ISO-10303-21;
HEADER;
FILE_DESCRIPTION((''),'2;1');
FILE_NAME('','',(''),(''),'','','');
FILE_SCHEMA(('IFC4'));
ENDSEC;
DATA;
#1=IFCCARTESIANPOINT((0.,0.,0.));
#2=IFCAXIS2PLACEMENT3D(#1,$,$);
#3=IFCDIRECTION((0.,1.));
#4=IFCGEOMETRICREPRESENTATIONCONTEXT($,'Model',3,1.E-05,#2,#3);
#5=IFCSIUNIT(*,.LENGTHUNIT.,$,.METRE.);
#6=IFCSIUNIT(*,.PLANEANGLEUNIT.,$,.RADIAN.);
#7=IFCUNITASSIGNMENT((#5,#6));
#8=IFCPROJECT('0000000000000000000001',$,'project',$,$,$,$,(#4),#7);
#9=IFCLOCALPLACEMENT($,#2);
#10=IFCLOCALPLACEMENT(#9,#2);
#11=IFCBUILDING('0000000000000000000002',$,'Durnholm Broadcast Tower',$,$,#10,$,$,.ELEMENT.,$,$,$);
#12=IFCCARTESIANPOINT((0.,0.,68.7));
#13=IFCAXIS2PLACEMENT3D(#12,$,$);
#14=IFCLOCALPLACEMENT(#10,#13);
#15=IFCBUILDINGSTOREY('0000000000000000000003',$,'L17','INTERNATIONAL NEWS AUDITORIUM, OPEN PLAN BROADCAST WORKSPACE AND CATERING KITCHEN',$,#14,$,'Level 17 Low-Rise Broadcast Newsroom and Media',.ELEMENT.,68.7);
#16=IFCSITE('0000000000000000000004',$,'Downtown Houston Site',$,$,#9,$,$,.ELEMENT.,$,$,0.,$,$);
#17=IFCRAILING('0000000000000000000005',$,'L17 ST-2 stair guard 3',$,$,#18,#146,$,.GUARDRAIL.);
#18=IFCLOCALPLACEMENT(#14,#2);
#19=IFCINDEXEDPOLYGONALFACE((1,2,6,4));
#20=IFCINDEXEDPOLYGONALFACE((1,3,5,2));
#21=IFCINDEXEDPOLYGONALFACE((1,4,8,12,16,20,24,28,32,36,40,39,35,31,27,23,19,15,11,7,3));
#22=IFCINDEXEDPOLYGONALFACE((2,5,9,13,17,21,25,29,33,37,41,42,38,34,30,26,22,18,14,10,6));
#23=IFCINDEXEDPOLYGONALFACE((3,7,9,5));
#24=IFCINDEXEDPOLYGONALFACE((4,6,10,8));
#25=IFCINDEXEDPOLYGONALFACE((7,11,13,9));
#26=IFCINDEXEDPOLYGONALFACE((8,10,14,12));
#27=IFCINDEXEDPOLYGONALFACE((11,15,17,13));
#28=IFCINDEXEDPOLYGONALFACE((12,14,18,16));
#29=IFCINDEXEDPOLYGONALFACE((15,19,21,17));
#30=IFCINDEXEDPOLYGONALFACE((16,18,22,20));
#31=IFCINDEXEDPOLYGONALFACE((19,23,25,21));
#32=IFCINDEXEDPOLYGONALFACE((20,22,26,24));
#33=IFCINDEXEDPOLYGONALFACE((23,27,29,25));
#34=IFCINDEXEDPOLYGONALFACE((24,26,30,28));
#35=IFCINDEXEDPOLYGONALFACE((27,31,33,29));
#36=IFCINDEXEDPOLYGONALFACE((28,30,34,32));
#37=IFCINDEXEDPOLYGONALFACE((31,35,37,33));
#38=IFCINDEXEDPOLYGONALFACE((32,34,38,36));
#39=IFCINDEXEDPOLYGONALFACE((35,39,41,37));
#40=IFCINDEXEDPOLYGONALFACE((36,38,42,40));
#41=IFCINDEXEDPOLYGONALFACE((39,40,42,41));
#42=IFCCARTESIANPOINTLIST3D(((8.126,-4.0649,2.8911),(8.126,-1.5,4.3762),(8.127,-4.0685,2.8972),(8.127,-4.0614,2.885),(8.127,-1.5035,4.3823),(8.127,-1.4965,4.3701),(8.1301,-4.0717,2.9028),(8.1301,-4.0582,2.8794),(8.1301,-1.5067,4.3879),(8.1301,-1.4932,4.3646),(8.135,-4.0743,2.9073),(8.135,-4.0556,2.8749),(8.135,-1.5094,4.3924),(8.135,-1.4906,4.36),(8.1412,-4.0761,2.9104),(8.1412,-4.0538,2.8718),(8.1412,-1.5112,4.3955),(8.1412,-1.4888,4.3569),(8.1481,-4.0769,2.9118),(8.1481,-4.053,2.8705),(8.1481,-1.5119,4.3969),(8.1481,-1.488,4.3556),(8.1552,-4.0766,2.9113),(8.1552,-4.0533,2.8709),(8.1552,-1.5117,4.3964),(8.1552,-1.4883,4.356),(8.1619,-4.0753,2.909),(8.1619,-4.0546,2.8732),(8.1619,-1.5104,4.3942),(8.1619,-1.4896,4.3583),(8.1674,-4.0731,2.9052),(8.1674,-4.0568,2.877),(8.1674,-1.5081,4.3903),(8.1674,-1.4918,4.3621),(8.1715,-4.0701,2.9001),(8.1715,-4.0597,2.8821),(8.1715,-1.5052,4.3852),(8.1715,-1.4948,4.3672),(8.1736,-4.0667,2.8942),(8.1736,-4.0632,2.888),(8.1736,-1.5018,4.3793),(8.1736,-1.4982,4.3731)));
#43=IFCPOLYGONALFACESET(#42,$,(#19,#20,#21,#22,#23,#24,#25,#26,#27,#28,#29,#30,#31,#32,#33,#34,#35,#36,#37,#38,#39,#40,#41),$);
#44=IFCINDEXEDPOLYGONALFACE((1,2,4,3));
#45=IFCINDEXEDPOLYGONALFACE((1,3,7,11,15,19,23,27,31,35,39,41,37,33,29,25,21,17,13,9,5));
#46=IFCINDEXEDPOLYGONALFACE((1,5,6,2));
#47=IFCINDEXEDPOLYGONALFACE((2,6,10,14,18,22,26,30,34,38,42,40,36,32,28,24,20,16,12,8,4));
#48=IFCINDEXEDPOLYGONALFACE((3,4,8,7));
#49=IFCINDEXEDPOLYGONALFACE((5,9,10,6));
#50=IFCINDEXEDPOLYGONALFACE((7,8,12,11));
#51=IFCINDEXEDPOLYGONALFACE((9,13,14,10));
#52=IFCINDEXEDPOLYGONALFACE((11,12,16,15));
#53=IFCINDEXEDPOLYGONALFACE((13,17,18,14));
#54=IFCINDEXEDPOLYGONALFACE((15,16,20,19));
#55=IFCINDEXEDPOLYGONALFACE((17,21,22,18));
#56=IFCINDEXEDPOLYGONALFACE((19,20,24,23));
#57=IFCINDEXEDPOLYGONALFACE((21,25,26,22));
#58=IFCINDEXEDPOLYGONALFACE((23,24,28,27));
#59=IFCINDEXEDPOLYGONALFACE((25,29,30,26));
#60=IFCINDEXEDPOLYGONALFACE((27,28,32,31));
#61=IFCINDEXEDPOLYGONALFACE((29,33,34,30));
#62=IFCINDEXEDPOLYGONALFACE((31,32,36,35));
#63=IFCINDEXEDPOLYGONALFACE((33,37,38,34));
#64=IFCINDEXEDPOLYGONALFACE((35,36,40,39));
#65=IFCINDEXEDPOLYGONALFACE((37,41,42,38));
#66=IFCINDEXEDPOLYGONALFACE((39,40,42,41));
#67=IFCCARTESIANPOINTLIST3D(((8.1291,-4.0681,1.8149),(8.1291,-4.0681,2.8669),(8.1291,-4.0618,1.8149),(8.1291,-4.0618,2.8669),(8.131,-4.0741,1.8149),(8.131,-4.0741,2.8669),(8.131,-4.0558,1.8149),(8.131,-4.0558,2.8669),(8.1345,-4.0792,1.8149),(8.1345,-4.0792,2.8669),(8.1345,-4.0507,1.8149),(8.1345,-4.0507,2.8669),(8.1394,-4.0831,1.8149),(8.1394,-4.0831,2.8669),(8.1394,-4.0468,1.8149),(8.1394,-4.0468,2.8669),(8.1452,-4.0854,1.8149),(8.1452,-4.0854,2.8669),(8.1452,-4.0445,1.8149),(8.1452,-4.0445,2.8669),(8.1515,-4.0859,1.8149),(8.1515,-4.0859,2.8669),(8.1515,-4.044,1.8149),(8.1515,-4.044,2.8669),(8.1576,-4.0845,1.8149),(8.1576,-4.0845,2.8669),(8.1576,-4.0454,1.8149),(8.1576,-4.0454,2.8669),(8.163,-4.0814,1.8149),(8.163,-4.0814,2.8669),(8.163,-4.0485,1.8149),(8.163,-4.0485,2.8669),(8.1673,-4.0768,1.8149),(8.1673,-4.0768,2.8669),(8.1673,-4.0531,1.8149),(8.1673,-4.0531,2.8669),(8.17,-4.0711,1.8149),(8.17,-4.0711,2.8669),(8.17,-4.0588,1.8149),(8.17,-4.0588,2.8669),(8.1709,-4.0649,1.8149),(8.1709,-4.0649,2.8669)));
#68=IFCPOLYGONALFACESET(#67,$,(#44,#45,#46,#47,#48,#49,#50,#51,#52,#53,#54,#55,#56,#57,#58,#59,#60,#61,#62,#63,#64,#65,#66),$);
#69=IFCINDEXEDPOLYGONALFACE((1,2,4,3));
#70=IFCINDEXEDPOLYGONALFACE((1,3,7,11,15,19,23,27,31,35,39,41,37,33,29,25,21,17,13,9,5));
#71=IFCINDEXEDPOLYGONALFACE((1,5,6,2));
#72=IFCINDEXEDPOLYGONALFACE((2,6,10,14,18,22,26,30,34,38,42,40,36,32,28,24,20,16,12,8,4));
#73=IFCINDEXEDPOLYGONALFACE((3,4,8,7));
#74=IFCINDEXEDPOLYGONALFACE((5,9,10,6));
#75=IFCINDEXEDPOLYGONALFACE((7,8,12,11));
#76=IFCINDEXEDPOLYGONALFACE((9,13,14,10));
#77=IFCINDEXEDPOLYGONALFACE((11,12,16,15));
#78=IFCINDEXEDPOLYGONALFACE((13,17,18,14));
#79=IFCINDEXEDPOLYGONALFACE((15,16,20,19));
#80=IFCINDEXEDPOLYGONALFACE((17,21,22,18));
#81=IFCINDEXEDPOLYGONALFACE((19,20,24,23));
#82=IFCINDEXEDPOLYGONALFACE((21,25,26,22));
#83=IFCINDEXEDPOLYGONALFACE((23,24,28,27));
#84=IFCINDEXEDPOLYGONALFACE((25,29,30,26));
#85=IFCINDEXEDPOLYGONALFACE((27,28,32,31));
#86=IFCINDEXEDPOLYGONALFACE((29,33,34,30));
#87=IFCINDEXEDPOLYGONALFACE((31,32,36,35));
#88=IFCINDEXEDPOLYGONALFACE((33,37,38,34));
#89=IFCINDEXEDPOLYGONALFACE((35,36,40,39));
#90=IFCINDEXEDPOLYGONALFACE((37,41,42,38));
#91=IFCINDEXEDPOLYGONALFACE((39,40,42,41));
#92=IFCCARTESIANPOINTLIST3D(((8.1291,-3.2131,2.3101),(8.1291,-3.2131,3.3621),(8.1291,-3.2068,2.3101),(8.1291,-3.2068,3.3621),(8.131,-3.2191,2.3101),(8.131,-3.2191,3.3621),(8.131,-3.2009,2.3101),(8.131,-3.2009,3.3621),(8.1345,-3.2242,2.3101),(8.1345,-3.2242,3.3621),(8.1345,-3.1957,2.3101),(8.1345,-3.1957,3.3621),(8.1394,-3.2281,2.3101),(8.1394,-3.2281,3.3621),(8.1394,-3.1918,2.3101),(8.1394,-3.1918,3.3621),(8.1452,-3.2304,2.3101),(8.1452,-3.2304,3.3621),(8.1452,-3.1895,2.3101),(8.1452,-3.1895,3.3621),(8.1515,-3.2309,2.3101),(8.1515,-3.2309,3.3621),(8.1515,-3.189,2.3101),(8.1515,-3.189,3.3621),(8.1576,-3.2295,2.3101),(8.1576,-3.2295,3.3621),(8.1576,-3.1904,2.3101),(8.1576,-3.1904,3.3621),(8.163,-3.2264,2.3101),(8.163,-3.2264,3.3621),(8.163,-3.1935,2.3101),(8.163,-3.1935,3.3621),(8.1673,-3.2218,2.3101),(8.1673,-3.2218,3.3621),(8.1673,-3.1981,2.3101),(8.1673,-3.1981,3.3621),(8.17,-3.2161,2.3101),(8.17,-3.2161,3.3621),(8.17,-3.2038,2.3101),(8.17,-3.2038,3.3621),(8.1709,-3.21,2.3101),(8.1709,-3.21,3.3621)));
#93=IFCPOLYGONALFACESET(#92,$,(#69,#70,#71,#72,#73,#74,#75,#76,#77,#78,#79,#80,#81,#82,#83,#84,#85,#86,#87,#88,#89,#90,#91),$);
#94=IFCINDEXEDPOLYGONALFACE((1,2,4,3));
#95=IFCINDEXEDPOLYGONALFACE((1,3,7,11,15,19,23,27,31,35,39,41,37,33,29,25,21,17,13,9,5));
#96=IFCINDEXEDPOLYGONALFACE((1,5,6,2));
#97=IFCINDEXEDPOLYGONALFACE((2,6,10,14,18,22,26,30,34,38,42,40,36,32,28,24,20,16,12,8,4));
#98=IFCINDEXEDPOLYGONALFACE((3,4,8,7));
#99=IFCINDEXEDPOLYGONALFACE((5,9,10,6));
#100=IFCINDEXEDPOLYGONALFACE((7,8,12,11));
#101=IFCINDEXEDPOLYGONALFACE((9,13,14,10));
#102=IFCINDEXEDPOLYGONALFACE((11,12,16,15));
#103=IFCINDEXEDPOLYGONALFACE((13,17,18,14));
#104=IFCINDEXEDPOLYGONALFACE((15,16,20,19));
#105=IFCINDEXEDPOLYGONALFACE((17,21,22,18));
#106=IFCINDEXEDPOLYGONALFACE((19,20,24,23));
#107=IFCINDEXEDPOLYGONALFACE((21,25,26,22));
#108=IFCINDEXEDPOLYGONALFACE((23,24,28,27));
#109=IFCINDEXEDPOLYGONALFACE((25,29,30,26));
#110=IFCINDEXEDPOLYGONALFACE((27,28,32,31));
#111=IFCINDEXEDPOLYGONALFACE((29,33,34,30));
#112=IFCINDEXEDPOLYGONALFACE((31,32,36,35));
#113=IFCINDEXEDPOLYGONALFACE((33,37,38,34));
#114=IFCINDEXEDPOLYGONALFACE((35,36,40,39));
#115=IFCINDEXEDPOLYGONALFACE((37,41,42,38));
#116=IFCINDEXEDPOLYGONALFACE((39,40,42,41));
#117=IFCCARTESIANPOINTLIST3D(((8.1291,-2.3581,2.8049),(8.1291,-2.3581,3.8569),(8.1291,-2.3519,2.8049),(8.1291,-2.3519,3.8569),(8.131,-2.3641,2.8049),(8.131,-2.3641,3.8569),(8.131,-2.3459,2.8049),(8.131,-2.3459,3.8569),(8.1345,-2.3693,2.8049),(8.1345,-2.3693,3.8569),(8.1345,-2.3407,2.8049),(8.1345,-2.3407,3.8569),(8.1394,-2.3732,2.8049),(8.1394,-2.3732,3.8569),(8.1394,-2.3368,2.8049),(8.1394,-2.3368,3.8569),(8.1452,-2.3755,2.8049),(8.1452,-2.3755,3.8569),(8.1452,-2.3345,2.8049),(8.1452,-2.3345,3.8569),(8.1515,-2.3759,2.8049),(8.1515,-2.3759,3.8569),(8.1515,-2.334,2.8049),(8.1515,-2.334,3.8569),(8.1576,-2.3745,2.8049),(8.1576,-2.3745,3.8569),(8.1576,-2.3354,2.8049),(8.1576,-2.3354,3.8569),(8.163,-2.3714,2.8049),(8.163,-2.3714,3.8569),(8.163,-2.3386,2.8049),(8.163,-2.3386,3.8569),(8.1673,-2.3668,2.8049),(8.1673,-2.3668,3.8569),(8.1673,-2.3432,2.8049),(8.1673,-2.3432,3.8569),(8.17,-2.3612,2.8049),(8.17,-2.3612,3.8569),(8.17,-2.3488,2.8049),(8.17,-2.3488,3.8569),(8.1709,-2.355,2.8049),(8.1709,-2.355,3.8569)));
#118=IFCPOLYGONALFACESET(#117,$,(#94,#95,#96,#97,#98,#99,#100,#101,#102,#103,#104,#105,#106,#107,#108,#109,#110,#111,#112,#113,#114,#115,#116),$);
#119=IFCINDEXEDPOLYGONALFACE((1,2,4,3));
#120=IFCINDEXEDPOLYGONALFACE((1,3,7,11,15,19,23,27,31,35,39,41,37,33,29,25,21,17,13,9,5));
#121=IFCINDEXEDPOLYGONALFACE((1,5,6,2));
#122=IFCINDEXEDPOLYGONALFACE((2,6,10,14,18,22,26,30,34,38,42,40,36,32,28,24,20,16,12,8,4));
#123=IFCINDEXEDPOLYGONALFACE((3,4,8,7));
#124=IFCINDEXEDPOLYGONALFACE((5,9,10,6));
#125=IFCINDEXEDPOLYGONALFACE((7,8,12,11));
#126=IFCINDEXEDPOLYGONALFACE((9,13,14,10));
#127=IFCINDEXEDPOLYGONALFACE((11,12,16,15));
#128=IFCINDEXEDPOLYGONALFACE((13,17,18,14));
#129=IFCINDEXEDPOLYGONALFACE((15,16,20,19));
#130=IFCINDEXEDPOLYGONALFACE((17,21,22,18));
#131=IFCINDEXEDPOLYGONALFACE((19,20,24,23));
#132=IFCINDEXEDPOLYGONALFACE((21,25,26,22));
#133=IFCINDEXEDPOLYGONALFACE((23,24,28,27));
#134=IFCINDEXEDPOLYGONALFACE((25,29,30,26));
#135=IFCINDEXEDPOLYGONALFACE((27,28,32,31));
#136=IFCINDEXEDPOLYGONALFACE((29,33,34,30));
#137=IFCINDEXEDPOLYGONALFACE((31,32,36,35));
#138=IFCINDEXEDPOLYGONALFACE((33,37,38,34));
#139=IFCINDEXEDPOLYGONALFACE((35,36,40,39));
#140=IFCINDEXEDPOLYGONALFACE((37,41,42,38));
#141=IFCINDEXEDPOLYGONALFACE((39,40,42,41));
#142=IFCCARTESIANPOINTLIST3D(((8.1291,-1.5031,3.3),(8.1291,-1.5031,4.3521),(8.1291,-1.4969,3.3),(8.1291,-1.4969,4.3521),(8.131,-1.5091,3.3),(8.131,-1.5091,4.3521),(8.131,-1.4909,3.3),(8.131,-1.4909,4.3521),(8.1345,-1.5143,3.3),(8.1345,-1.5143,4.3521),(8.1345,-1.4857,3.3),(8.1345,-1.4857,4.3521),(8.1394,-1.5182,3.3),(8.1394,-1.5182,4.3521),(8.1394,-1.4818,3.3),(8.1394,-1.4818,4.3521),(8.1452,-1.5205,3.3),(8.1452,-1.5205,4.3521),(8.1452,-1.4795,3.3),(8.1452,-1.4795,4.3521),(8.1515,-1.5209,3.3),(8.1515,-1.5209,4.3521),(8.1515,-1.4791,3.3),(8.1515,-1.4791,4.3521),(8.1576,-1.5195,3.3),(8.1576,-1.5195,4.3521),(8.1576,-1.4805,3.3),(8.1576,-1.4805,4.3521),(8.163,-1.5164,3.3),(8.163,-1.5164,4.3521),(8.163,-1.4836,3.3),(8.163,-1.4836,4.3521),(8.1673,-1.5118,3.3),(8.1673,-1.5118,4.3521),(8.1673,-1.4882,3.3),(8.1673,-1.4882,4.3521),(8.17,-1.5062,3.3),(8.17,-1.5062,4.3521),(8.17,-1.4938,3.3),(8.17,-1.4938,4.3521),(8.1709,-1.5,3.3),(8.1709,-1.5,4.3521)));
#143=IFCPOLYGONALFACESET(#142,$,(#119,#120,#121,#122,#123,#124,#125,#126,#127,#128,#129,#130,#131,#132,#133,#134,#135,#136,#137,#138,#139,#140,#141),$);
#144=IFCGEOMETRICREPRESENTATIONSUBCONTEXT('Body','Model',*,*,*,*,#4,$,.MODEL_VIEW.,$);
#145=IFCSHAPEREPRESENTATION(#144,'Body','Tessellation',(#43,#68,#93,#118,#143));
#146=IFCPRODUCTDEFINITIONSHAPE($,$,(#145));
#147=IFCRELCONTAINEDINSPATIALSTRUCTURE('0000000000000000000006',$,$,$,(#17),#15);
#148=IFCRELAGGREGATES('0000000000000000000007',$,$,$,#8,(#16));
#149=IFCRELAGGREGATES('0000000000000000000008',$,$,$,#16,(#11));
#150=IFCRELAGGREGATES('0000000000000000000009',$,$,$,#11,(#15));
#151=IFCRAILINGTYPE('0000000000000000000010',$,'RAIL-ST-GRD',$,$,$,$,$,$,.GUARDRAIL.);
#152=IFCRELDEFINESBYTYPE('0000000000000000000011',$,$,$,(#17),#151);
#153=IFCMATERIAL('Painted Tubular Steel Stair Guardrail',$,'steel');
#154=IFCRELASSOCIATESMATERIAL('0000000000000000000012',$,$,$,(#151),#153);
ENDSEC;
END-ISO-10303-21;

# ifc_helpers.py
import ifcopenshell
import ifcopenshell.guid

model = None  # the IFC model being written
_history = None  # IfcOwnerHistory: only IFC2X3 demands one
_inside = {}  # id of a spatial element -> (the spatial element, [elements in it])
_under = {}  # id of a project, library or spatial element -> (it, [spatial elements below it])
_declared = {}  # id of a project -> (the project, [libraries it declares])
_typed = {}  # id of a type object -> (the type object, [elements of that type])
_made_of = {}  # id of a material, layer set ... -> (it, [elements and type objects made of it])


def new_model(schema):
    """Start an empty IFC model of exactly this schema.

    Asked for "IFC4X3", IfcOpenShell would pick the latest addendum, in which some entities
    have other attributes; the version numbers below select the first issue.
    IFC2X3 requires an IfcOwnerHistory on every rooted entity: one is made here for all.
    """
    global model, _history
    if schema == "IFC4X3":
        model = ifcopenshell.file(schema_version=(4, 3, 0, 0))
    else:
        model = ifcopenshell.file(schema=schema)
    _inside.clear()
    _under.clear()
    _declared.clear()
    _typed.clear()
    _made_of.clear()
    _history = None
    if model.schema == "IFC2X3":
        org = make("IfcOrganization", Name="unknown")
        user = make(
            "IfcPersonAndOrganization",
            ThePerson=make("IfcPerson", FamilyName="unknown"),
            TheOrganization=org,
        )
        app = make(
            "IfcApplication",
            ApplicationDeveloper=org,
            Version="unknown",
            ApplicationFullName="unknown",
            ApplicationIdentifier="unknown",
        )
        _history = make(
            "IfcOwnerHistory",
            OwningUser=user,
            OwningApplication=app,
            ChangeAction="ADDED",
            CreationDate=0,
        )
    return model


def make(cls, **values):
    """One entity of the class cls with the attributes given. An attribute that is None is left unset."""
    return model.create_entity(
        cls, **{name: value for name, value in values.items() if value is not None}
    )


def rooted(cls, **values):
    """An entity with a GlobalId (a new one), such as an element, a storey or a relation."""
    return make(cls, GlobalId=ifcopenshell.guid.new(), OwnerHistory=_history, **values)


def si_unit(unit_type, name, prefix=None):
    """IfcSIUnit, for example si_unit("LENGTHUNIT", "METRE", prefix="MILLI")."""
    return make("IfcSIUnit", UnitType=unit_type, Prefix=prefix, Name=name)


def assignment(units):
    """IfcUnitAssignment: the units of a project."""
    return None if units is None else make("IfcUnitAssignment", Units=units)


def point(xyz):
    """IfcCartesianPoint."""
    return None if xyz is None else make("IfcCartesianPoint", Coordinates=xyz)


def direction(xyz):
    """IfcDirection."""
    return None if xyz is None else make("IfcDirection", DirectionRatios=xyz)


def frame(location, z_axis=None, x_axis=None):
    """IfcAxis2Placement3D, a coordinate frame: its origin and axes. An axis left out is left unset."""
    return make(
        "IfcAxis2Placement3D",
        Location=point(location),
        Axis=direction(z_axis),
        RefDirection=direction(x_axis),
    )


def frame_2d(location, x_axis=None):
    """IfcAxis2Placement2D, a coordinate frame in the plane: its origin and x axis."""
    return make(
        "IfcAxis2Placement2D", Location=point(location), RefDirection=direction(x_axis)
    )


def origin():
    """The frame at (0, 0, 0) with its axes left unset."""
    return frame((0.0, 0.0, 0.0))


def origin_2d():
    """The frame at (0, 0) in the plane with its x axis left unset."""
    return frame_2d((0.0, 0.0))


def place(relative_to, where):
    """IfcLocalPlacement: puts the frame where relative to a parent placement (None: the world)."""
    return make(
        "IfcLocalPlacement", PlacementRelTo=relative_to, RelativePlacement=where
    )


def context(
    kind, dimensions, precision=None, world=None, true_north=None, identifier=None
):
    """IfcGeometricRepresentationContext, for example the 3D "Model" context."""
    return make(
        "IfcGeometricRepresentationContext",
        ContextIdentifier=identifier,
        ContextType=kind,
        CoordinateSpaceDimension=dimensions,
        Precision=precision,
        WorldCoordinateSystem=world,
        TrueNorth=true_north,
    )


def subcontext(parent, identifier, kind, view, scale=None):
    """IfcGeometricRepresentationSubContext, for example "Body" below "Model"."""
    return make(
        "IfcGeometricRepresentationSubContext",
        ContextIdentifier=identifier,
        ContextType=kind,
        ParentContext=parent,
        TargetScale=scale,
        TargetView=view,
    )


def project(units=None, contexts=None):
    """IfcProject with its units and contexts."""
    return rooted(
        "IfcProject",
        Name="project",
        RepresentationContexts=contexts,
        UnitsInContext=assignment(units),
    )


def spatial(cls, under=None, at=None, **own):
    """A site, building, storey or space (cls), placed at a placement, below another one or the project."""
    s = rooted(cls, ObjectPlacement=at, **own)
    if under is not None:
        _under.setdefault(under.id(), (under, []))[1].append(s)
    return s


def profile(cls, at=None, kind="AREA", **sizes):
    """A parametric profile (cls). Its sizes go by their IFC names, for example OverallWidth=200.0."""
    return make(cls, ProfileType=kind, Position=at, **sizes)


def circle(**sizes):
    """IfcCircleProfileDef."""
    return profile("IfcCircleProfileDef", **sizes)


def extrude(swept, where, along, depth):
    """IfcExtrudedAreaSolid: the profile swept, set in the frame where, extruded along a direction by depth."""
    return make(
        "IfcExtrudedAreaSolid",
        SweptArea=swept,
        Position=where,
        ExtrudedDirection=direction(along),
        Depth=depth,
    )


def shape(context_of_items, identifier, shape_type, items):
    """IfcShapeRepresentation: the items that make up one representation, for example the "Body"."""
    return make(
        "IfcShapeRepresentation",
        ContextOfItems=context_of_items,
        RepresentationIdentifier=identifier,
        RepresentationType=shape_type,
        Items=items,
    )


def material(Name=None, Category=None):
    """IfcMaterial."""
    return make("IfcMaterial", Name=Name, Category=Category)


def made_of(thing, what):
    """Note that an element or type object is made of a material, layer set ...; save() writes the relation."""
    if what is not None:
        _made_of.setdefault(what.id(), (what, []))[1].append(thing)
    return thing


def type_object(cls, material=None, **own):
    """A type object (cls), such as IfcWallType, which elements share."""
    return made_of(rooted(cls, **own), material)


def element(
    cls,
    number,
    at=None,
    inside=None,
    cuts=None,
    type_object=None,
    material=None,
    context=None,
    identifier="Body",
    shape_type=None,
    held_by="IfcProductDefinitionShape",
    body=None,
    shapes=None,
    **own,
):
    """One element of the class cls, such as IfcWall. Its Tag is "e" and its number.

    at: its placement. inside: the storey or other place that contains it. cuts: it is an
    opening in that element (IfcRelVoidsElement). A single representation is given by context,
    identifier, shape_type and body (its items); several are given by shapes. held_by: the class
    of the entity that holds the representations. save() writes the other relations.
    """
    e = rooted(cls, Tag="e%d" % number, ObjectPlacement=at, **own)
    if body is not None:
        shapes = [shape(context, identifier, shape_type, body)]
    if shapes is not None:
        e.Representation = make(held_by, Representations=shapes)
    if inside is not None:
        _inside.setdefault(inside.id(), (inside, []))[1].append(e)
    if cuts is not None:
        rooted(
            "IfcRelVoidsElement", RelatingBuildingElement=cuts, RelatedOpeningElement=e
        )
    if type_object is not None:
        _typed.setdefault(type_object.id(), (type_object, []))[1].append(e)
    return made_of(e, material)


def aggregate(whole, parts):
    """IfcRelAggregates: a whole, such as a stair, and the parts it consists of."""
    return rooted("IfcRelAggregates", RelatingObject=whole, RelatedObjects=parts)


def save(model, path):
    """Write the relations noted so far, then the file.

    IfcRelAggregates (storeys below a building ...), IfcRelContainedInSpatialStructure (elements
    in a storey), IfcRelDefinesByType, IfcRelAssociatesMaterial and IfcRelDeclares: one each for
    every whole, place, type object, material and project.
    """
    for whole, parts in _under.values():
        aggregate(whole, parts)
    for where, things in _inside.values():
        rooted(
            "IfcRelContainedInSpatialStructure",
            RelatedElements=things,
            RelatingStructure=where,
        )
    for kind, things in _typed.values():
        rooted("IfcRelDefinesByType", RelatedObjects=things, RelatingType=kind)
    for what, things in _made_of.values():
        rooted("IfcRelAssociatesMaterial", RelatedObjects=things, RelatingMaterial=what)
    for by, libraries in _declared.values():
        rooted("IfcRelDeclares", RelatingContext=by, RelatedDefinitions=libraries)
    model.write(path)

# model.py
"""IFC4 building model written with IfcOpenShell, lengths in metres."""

from ifc_helpers import new_model, si_unit, direction, frame, origin, origin_2d, place, context, subcontext, project, spatial, circle, extrude, material, type_object, element, save


model = new_model("IFC4")

# Units and contexts
model_context = context("Model", 3, precision=1e-05, world=origin(), true_north=direction((0.0, 1.0)))
body_context = subcontext(model_context, "Body", "Model", "MODEL_VIEW")
ifc_project = project(units=[si_unit("LENGTHUNIT", "METRE"), si_unit("PLANEANGLEUNIT", "RADIAN")], contexts=[model_context])

# Site, building, storey
site_placement = place(None, origin())
site = spatial("IfcSite", under=ifc_project, at=site_placement, Name="Downtown Houston Site", CompositionType="ELEMENT", RefElevation=0.0)
building_placement = place(site_placement, origin())
building = spatial("IfcBuilding", under=site, at=building_placement, Name="Durnholm Broadcast Tower", CompositionType="ELEMENT")
storey_placement = place(building_placement, frame((0.0, 0.0, 68.7)))
storey = spatial("IfcBuildingStorey", under=building, at=storey_placement, Name="L17", Description="INTERNATIONAL NEWS AUDITORIUM, OPEN PLAN BROADCAST WORKSPACE AND CATERING KITCHEN", LongName="Level 17 Low-Rise Broadcast Newsroom and Media", CompositionType="ELEMENT", Elevation=68.7)

# Railing
ifc_material_1 = material(Name="Painted Tubular Steel Stair Guardrail", Category="steel")
railing_type_1 = type_object("IfcRailingType", Name="RAIL-ST-GRD", PredefinedType="GUARDRAIL", material=ifc_material_1)
railing_1_placement = place(storey_placement, frame((8.1499, -4.0649, 1.8149)))
element("IfcRailing", 1, at=railing_1_placement, inside=storey, type_object=railing_type_1, Name="L17 ST-2 stair guard 3", PredefinedType="GUARDRAIL", context=body_context, shape_type="SweptSolid", body=[
    extrude(circle(Radius=0.0239, at=origin_2d()), frame((0.0, 0.0, 1.0762), z_axis=(0.0, 0.865406, 0.501072), x_axis=(-1.0, 0.0, 0.0)), (0.0, 0.0, 1.0), 2.9639),
    extrude(circle(Radius=0.021, at=origin_2d()), origin(), (0.0, 0.0, 1.0), 1.052),
    extrude(circle(Radius=0.021, at=origin_2d()), frame((0.0, 0.855, 0.4951)), (0.0, 0.0, 1.0), 1.052),
    extrude(circle(Radius=0.021, at=origin_2d()), frame((0.0, 1.71, 0.99)), (0.0, 0.0, 1.0), 1.052),
    extrude(circle(Radius=0.021, at=origin_2d()), frame((0.0, 2.5649, 1.4851)), (0.0, 0.0, 1.0), 1.052),
])

save(model, "model.ifc")
